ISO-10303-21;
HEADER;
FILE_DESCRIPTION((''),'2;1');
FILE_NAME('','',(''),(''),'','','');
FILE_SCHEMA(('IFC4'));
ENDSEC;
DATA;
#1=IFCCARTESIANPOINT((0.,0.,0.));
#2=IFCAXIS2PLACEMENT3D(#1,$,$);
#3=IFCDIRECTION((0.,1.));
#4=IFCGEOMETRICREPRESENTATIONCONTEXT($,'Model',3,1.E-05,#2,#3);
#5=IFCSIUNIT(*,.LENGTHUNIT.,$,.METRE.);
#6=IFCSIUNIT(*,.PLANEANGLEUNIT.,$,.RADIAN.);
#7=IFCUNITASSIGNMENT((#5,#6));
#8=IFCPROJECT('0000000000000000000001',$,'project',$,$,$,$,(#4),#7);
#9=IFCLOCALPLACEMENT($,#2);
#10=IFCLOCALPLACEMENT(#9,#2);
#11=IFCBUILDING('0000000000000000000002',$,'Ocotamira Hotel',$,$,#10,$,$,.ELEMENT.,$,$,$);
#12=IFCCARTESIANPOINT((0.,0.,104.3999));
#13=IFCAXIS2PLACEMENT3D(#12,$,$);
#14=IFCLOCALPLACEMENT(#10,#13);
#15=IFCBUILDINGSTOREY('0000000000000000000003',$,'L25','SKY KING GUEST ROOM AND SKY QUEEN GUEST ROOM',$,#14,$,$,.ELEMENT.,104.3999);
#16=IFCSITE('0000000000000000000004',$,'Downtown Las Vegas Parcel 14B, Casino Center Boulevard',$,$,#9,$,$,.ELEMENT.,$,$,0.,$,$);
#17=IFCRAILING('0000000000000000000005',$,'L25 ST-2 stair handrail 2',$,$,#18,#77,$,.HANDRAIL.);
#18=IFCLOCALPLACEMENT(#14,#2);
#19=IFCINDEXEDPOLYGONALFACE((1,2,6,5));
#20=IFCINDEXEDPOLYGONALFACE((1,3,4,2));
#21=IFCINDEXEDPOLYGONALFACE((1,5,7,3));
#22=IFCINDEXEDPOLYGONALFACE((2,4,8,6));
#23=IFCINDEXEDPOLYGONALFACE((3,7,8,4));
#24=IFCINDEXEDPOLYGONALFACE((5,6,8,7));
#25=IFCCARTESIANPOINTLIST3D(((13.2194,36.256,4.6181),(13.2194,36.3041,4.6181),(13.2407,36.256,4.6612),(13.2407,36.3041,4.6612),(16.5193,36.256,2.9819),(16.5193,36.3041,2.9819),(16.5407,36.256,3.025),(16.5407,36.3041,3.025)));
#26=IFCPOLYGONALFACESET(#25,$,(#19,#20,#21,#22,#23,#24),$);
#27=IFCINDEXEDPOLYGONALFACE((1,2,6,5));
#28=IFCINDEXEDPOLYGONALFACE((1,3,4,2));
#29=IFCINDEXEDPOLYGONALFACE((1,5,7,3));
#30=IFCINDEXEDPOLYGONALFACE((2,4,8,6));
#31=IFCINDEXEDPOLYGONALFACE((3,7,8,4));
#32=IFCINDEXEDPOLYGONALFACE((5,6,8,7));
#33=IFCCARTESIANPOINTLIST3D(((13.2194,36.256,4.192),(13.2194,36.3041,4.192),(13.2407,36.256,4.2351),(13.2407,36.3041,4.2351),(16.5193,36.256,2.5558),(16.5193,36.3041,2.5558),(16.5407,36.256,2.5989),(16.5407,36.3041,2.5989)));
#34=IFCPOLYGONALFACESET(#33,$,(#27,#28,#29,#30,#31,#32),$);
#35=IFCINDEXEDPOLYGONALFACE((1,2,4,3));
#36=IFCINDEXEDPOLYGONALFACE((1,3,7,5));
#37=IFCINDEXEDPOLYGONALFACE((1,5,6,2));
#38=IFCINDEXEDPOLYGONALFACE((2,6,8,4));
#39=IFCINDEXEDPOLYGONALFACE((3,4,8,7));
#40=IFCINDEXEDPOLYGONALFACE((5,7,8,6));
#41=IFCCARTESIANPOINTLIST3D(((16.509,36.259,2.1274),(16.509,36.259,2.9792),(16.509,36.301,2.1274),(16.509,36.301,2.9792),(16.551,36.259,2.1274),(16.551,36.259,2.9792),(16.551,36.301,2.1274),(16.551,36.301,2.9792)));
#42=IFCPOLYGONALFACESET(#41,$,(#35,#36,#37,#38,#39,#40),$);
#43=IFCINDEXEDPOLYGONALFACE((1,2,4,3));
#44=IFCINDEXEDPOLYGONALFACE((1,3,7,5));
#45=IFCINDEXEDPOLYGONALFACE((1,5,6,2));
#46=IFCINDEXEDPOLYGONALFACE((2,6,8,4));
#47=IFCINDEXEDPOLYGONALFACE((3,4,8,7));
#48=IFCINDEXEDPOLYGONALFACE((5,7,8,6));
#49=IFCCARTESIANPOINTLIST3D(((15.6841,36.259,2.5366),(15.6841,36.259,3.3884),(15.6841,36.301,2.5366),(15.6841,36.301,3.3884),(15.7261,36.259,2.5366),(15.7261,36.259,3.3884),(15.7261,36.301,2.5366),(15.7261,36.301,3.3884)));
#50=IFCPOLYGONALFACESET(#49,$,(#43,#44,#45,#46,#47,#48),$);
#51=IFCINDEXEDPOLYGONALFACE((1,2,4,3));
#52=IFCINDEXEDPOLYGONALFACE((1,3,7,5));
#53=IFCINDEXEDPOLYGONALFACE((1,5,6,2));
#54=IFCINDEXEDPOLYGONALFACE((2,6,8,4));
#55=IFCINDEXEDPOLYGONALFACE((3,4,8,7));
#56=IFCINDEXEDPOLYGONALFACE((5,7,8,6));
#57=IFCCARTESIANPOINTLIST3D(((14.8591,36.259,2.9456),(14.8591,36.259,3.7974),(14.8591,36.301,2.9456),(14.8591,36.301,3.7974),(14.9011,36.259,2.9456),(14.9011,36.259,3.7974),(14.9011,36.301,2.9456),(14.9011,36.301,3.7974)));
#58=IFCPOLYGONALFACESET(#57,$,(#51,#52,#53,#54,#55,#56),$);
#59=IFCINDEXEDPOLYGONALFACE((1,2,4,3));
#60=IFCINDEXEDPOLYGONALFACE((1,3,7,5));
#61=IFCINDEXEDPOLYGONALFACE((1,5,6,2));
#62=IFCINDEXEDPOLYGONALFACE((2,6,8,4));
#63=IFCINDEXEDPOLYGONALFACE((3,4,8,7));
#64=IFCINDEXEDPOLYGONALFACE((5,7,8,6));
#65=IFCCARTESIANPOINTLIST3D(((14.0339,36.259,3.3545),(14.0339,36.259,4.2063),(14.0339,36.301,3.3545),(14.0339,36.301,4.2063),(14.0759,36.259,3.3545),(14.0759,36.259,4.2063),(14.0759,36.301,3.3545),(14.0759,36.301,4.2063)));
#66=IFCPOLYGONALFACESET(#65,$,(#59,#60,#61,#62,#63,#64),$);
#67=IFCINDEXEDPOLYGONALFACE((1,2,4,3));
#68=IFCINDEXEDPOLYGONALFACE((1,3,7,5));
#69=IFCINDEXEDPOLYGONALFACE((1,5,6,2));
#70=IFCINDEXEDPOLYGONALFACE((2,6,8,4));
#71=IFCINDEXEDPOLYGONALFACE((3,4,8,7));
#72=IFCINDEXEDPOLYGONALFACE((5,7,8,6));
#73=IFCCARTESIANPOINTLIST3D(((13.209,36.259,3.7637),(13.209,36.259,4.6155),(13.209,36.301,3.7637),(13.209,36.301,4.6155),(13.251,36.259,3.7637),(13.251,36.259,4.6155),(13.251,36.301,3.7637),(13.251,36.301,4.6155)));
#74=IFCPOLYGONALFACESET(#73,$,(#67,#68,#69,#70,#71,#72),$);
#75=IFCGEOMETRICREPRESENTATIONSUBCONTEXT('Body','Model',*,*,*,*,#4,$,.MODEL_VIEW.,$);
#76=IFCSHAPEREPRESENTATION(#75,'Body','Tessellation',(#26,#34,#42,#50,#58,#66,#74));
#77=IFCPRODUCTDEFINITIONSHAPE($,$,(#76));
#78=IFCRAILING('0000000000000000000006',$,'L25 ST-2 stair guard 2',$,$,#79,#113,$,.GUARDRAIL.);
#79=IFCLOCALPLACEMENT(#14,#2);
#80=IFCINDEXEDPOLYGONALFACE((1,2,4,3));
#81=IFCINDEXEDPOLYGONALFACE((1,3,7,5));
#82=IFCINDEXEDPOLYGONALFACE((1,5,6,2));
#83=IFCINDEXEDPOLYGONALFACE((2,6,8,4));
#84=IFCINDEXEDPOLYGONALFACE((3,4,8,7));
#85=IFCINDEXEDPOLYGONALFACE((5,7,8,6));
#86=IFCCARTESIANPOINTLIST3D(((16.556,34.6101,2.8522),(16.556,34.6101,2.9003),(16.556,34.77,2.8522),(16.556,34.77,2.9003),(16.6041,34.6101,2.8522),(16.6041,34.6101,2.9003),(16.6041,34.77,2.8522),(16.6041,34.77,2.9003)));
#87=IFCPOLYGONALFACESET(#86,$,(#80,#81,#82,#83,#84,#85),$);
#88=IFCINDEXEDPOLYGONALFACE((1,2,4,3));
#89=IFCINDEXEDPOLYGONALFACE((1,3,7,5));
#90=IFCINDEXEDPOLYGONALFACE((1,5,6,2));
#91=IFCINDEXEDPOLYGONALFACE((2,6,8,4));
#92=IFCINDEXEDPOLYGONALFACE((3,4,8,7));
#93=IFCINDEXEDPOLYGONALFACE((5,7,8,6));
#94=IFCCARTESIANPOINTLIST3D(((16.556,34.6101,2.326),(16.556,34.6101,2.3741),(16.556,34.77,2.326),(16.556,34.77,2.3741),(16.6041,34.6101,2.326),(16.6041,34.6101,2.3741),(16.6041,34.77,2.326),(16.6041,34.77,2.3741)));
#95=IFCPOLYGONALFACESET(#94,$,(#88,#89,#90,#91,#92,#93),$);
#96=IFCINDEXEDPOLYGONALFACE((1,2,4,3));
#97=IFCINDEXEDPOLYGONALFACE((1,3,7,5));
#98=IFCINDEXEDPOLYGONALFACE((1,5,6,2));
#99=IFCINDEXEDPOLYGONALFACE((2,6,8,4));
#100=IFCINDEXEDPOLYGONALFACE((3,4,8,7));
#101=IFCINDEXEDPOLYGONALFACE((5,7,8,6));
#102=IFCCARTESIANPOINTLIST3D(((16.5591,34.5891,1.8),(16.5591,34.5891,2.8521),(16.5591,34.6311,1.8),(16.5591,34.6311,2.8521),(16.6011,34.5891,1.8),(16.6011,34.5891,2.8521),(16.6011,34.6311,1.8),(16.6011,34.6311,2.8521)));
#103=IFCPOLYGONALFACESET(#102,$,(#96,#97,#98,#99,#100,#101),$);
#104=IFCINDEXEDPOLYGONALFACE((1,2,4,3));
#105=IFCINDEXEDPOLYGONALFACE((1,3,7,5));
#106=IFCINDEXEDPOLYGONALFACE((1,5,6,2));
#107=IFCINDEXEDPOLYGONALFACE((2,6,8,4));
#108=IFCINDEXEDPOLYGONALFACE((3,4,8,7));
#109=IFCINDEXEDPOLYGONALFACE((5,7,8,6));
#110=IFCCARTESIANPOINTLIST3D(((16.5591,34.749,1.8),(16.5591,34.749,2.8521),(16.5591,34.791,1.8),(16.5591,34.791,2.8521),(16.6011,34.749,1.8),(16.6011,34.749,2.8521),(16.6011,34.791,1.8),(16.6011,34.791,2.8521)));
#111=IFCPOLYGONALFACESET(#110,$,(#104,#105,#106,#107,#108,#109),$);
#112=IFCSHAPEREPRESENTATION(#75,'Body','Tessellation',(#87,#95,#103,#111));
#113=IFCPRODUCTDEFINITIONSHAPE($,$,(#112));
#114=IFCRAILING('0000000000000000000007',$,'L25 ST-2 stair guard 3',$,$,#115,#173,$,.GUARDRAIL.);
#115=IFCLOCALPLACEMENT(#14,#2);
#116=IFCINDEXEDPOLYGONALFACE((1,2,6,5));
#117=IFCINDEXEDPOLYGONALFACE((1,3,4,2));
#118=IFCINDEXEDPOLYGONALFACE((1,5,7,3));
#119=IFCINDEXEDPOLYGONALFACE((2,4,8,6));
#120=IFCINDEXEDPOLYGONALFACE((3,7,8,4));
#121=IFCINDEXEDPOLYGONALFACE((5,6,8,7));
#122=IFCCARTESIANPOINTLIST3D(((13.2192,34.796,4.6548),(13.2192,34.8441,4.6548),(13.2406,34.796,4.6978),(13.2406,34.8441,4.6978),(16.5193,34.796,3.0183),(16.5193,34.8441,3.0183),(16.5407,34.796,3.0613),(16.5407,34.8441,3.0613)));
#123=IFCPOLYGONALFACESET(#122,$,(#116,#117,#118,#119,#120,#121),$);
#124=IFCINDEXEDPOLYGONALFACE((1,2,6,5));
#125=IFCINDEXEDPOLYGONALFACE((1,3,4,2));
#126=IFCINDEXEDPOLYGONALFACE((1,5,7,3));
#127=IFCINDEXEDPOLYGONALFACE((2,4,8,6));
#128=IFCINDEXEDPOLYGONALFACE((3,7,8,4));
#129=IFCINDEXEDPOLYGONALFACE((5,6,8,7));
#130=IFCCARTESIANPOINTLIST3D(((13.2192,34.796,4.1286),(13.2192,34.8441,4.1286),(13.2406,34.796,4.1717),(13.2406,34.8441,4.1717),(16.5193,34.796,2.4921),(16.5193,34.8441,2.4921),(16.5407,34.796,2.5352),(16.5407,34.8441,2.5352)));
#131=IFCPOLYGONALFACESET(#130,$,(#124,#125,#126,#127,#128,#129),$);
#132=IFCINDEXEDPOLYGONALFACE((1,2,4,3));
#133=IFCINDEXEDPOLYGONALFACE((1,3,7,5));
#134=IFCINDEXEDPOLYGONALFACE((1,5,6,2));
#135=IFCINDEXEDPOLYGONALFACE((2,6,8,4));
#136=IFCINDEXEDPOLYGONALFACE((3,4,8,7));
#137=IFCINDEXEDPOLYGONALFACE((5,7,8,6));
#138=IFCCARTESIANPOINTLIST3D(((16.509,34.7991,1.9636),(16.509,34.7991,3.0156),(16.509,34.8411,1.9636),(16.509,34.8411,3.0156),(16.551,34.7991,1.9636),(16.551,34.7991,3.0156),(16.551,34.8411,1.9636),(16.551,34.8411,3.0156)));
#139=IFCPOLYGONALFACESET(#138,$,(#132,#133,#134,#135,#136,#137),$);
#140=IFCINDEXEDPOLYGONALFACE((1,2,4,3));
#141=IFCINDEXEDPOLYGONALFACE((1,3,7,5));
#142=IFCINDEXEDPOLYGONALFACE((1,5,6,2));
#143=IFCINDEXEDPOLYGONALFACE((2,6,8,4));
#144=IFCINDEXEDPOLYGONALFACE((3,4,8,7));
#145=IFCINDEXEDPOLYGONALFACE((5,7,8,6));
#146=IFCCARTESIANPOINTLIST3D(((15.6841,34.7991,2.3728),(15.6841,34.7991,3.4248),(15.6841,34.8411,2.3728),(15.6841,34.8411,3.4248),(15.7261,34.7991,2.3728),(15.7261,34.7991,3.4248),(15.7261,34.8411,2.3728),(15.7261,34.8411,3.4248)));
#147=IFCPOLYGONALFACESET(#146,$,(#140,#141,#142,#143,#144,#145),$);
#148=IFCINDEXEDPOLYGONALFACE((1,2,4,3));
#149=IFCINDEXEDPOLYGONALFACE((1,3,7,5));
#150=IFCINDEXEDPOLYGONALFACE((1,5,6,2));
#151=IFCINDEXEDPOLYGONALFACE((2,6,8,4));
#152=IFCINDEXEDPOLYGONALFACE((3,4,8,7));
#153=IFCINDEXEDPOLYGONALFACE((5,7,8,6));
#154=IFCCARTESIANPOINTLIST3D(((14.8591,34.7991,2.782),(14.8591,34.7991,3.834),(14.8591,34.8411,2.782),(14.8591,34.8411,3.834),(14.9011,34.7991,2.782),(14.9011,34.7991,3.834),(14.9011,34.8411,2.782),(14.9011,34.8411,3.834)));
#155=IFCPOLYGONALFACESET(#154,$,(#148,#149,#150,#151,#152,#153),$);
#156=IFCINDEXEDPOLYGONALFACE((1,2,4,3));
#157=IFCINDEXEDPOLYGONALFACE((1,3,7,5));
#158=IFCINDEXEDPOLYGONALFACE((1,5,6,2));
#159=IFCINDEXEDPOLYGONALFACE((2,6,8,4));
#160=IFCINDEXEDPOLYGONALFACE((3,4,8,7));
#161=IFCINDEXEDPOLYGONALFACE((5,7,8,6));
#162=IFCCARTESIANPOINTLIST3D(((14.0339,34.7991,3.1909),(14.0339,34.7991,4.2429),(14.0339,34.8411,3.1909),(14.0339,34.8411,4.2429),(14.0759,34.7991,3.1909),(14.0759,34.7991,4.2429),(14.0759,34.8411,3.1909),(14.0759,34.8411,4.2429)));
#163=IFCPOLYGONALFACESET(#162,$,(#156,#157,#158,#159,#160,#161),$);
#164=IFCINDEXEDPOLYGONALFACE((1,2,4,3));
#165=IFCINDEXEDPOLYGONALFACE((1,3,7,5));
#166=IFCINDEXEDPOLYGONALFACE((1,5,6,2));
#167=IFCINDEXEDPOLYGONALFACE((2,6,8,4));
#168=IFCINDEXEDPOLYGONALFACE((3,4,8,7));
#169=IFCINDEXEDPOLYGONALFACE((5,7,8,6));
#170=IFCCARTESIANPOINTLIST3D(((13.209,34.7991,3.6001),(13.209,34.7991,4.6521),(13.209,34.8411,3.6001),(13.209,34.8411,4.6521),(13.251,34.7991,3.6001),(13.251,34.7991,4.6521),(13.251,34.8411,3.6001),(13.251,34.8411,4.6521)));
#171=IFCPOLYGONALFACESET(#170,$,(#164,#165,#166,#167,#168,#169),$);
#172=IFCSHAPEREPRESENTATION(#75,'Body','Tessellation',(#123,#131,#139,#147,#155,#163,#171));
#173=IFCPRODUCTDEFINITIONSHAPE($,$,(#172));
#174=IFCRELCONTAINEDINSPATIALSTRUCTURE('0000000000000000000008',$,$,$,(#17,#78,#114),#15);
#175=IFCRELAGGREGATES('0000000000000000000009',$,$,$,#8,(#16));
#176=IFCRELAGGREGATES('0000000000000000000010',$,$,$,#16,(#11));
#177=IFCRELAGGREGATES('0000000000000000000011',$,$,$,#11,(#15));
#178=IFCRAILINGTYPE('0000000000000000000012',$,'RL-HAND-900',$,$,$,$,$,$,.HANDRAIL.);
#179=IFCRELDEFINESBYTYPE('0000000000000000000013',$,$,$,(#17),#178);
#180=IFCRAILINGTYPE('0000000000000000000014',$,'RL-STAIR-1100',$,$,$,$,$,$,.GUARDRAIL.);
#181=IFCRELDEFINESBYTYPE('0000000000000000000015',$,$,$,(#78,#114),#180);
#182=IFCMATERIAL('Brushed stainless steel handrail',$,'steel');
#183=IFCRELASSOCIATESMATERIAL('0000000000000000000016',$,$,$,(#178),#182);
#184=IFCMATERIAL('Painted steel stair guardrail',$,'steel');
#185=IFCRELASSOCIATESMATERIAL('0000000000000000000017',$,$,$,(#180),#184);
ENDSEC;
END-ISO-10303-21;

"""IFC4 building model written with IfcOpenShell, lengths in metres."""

from ifc_helpers import new_model, si_unit, direction, frame, origin, origin_2d, place, context, subcontext, project, spatial, rectangle, extrude, material, type_object, element, save


model = new_model("IFC4")

# Units and contexts
model_context = context("Model", 3, precision=1e-05, world=origin(), true_north=direction((0.0, 1.0)))
body_context = subcontext(model_context, "Body", "Model", "MODEL_VIEW")
ifc_project = project(units=[si_unit("LENGTHUNIT", "METRE"), si_unit("PLANEANGLEUNIT", "RADIAN")], contexts=[model_context])

# Site, building, storey
site_placement = place(None, origin())
site = spatial("IfcSite", under=ifc_project, at=site_placement, Name="Downtown Las Vegas Parcel 14B, Casino Center Boulevard", CompositionType="ELEMENT", RefElevation=0.0)
building_placement = place(site_placement, origin())
building = spatial("IfcBuilding", under=site, at=building_placement, Name="Ocotamira Hotel", CompositionType="ELEMENT")
storey_placement = place(building_placement, frame((0.0, 0.0, 104.3999)))
storey = spatial("IfcBuildingStorey", under=building, at=storey_placement, Name="L25", Description="SKY KING GUEST ROOM AND SKY QUEEN GUEST ROOM", CompositionType="ELEMENT", Elevation=104.3999)

# Railings
ifc_material_1 = material(Name="Brushed stainless steel handrail", Category="steel")
railing_type_1 = type_object("IfcRailingType", Name="RL-HAND-900", PredefinedType="HANDRAIL", material=ifc_material_1)
railing_1_placement = place(storey_placement, frame((16.53, 36.28, 2.1274)))
element("IfcRailing", 1, at=railing_1_placement, inside=storey, type_object=railing_type_1, Name="L25 ST-2 stair handrail 2", PredefinedType="HANDRAIL", context=body_context, shape_type="SweptSolid", body=[
    extrude(rectangle(XDim=0.0481, YDim=0.0481, at=origin_2d()), frame((0.0, 0.0, 0.876), z_axis=(-0.89592, 0.0, 0.444215), x_axis=(0.0, -1.0, 0.0)), (0.0, 0.0, 1.0), 3.6833),
    extrude(rectangle(XDim=0.0481, YDim=0.0481, at=origin_2d()), frame((0.0, 0.0, 0.45), z_axis=(-0.89592, 0.0, 0.444215), x_axis=(0.0, -1.0, 0.0)), (0.0, 0.0, 1.0), 3.6833),
    extrude(rectangle(XDim=0.042, YDim=0.042, at=origin_2d()), origin(), (0.0, 0.0, 1.0), 0.8518),
    extrude(rectangle(XDim=0.042, YDim=0.042, at=origin_2d()), frame((-0.825, 0.0, 0.4092)), (0.0, 0.0, 1.0), 0.8518),
    extrude(rectangle(XDim=0.042, YDim=0.042, at=origin_2d()), frame((-1.6499, 0.0, 0.8181)), (0.0, 0.0, 1.0), 0.8518),
    extrude(rectangle(XDim=0.042, YDim=0.042, at=origin_2d()), frame((-2.4751, 0.0, 1.2271)), (0.0, 0.0, 1.0), 0.8518),
    extrude(rectangle(XDim=0.042, YDim=0.042, at=origin_2d()), frame((-3.3, 0.0, 1.6362)), (0.0, 0.0, 1.0), 0.8518),
])
ifc_material_2 = material(Name="Painted steel stair guardrail", Category="steel")
railing_type_2 = type_object("IfcRailingType", Name="RL-STAIR-1100", PredefinedType="GUARDRAIL", material=ifc_material_2)
railing_2_placement = place(storey_placement, frame((16.5801, 34.6101, 1.8)))
element("IfcRailing", 2, at=railing_2_placement, inside=storey, type_object=railing_type_2, Name="L25 ST-2 stair guard 2", PredefinedType="GUARDRAIL", context=body_context, shape_type="SweptSolid", body=[
    extrude(rectangle(XDim=0.0481, YDim=0.0481, at=origin_2d()), frame((0.0, 0.0, 1.0762), z_axis=(0.0, 1.0, 0.0), x_axis=(-1.0, 0.0, 0.0)), (0.0, 0.0, 1.0), 0.1599),
    extrude(rectangle(XDim=0.0481, YDim=0.0481, at=origin_2d()), frame((0.0, 0.0, 0.55), z_axis=(0.0, 1.0, 0.0), x_axis=(-1.0, 0.0, 0.0)), (0.0, 0.0, 1.0), 0.1599),
    extrude(rectangle(XDim=0.042, YDim=0.042, at=origin_2d()), origin(), (0.0, 0.0, 1.0), 1.052),
    extrude(rectangle(XDim=0.042, YDim=0.042, at=origin_2d()), frame((0.0, 0.1599, 0.0)), (0.0, 0.0, 1.0), 1.052),
])
railing_3_placement = place(storey_placement, frame((16.53, 34.8201, 1.9636)))
element("IfcRailing", 3, at=railing_3_placement, inside=storey, type_object=railing_type_2, Name="L25 ST-2 stair guard 3", PredefinedType="GUARDRAIL", context=body_context, shape_type="SweptSolid", body=[
    extrude(rectangle(XDim=0.0481, YDim=0.0481, at=origin_2d()), frame((0.0, 0.0, 1.0762), z_axis=(-0.895894, 0.0, 0.444268), x_axis=(0.0, -1.0, 0.0)), (0.0, 0.0, 1.0), 3.6836),
    extrude(rectangle(XDim=0.0481, YDim=0.0481, at=origin_2d()), frame((0.0, 0.0, 0.55), z_axis=(-0.895894, 0.0, 0.444268), x_axis=(0.0, -1.0, 0.0)), (0.0, 0.0, 1.0), 3.6836),
    extrude(rectangle(XDim=0.042, YDim=0.042, at=origin_2d()), origin(), (0.0, 0.0, 1.0), 1.052),
    extrude(rectangle(XDim=0.042, YDim=0.042, at=origin_2d()), frame((-0.825, 0.0, 0.4092)), (0.0, 0.0, 1.0), 1.052),
    extrude(rectangle(XDim=0.042, YDim=0.042, at=origin_2d()), frame((-1.6499, 0.0, 0.8184)), (0.0, 0.0, 1.0), 1.052),
    extrude(rectangle(XDim=0.042, YDim=0.042, at=origin_2d()), frame((-2.4751, 0.0, 1.2273)), (0.0, 0.0, 1.0), 1.052),
    extrude(rectangle(XDim=0.042, YDim=0.042, at=origin_2d()), frame((-3.3, 0.0, 1.6365)), (0.0, 0.0, 1.0), 1.052),
])

save(model, "model.ifc")
